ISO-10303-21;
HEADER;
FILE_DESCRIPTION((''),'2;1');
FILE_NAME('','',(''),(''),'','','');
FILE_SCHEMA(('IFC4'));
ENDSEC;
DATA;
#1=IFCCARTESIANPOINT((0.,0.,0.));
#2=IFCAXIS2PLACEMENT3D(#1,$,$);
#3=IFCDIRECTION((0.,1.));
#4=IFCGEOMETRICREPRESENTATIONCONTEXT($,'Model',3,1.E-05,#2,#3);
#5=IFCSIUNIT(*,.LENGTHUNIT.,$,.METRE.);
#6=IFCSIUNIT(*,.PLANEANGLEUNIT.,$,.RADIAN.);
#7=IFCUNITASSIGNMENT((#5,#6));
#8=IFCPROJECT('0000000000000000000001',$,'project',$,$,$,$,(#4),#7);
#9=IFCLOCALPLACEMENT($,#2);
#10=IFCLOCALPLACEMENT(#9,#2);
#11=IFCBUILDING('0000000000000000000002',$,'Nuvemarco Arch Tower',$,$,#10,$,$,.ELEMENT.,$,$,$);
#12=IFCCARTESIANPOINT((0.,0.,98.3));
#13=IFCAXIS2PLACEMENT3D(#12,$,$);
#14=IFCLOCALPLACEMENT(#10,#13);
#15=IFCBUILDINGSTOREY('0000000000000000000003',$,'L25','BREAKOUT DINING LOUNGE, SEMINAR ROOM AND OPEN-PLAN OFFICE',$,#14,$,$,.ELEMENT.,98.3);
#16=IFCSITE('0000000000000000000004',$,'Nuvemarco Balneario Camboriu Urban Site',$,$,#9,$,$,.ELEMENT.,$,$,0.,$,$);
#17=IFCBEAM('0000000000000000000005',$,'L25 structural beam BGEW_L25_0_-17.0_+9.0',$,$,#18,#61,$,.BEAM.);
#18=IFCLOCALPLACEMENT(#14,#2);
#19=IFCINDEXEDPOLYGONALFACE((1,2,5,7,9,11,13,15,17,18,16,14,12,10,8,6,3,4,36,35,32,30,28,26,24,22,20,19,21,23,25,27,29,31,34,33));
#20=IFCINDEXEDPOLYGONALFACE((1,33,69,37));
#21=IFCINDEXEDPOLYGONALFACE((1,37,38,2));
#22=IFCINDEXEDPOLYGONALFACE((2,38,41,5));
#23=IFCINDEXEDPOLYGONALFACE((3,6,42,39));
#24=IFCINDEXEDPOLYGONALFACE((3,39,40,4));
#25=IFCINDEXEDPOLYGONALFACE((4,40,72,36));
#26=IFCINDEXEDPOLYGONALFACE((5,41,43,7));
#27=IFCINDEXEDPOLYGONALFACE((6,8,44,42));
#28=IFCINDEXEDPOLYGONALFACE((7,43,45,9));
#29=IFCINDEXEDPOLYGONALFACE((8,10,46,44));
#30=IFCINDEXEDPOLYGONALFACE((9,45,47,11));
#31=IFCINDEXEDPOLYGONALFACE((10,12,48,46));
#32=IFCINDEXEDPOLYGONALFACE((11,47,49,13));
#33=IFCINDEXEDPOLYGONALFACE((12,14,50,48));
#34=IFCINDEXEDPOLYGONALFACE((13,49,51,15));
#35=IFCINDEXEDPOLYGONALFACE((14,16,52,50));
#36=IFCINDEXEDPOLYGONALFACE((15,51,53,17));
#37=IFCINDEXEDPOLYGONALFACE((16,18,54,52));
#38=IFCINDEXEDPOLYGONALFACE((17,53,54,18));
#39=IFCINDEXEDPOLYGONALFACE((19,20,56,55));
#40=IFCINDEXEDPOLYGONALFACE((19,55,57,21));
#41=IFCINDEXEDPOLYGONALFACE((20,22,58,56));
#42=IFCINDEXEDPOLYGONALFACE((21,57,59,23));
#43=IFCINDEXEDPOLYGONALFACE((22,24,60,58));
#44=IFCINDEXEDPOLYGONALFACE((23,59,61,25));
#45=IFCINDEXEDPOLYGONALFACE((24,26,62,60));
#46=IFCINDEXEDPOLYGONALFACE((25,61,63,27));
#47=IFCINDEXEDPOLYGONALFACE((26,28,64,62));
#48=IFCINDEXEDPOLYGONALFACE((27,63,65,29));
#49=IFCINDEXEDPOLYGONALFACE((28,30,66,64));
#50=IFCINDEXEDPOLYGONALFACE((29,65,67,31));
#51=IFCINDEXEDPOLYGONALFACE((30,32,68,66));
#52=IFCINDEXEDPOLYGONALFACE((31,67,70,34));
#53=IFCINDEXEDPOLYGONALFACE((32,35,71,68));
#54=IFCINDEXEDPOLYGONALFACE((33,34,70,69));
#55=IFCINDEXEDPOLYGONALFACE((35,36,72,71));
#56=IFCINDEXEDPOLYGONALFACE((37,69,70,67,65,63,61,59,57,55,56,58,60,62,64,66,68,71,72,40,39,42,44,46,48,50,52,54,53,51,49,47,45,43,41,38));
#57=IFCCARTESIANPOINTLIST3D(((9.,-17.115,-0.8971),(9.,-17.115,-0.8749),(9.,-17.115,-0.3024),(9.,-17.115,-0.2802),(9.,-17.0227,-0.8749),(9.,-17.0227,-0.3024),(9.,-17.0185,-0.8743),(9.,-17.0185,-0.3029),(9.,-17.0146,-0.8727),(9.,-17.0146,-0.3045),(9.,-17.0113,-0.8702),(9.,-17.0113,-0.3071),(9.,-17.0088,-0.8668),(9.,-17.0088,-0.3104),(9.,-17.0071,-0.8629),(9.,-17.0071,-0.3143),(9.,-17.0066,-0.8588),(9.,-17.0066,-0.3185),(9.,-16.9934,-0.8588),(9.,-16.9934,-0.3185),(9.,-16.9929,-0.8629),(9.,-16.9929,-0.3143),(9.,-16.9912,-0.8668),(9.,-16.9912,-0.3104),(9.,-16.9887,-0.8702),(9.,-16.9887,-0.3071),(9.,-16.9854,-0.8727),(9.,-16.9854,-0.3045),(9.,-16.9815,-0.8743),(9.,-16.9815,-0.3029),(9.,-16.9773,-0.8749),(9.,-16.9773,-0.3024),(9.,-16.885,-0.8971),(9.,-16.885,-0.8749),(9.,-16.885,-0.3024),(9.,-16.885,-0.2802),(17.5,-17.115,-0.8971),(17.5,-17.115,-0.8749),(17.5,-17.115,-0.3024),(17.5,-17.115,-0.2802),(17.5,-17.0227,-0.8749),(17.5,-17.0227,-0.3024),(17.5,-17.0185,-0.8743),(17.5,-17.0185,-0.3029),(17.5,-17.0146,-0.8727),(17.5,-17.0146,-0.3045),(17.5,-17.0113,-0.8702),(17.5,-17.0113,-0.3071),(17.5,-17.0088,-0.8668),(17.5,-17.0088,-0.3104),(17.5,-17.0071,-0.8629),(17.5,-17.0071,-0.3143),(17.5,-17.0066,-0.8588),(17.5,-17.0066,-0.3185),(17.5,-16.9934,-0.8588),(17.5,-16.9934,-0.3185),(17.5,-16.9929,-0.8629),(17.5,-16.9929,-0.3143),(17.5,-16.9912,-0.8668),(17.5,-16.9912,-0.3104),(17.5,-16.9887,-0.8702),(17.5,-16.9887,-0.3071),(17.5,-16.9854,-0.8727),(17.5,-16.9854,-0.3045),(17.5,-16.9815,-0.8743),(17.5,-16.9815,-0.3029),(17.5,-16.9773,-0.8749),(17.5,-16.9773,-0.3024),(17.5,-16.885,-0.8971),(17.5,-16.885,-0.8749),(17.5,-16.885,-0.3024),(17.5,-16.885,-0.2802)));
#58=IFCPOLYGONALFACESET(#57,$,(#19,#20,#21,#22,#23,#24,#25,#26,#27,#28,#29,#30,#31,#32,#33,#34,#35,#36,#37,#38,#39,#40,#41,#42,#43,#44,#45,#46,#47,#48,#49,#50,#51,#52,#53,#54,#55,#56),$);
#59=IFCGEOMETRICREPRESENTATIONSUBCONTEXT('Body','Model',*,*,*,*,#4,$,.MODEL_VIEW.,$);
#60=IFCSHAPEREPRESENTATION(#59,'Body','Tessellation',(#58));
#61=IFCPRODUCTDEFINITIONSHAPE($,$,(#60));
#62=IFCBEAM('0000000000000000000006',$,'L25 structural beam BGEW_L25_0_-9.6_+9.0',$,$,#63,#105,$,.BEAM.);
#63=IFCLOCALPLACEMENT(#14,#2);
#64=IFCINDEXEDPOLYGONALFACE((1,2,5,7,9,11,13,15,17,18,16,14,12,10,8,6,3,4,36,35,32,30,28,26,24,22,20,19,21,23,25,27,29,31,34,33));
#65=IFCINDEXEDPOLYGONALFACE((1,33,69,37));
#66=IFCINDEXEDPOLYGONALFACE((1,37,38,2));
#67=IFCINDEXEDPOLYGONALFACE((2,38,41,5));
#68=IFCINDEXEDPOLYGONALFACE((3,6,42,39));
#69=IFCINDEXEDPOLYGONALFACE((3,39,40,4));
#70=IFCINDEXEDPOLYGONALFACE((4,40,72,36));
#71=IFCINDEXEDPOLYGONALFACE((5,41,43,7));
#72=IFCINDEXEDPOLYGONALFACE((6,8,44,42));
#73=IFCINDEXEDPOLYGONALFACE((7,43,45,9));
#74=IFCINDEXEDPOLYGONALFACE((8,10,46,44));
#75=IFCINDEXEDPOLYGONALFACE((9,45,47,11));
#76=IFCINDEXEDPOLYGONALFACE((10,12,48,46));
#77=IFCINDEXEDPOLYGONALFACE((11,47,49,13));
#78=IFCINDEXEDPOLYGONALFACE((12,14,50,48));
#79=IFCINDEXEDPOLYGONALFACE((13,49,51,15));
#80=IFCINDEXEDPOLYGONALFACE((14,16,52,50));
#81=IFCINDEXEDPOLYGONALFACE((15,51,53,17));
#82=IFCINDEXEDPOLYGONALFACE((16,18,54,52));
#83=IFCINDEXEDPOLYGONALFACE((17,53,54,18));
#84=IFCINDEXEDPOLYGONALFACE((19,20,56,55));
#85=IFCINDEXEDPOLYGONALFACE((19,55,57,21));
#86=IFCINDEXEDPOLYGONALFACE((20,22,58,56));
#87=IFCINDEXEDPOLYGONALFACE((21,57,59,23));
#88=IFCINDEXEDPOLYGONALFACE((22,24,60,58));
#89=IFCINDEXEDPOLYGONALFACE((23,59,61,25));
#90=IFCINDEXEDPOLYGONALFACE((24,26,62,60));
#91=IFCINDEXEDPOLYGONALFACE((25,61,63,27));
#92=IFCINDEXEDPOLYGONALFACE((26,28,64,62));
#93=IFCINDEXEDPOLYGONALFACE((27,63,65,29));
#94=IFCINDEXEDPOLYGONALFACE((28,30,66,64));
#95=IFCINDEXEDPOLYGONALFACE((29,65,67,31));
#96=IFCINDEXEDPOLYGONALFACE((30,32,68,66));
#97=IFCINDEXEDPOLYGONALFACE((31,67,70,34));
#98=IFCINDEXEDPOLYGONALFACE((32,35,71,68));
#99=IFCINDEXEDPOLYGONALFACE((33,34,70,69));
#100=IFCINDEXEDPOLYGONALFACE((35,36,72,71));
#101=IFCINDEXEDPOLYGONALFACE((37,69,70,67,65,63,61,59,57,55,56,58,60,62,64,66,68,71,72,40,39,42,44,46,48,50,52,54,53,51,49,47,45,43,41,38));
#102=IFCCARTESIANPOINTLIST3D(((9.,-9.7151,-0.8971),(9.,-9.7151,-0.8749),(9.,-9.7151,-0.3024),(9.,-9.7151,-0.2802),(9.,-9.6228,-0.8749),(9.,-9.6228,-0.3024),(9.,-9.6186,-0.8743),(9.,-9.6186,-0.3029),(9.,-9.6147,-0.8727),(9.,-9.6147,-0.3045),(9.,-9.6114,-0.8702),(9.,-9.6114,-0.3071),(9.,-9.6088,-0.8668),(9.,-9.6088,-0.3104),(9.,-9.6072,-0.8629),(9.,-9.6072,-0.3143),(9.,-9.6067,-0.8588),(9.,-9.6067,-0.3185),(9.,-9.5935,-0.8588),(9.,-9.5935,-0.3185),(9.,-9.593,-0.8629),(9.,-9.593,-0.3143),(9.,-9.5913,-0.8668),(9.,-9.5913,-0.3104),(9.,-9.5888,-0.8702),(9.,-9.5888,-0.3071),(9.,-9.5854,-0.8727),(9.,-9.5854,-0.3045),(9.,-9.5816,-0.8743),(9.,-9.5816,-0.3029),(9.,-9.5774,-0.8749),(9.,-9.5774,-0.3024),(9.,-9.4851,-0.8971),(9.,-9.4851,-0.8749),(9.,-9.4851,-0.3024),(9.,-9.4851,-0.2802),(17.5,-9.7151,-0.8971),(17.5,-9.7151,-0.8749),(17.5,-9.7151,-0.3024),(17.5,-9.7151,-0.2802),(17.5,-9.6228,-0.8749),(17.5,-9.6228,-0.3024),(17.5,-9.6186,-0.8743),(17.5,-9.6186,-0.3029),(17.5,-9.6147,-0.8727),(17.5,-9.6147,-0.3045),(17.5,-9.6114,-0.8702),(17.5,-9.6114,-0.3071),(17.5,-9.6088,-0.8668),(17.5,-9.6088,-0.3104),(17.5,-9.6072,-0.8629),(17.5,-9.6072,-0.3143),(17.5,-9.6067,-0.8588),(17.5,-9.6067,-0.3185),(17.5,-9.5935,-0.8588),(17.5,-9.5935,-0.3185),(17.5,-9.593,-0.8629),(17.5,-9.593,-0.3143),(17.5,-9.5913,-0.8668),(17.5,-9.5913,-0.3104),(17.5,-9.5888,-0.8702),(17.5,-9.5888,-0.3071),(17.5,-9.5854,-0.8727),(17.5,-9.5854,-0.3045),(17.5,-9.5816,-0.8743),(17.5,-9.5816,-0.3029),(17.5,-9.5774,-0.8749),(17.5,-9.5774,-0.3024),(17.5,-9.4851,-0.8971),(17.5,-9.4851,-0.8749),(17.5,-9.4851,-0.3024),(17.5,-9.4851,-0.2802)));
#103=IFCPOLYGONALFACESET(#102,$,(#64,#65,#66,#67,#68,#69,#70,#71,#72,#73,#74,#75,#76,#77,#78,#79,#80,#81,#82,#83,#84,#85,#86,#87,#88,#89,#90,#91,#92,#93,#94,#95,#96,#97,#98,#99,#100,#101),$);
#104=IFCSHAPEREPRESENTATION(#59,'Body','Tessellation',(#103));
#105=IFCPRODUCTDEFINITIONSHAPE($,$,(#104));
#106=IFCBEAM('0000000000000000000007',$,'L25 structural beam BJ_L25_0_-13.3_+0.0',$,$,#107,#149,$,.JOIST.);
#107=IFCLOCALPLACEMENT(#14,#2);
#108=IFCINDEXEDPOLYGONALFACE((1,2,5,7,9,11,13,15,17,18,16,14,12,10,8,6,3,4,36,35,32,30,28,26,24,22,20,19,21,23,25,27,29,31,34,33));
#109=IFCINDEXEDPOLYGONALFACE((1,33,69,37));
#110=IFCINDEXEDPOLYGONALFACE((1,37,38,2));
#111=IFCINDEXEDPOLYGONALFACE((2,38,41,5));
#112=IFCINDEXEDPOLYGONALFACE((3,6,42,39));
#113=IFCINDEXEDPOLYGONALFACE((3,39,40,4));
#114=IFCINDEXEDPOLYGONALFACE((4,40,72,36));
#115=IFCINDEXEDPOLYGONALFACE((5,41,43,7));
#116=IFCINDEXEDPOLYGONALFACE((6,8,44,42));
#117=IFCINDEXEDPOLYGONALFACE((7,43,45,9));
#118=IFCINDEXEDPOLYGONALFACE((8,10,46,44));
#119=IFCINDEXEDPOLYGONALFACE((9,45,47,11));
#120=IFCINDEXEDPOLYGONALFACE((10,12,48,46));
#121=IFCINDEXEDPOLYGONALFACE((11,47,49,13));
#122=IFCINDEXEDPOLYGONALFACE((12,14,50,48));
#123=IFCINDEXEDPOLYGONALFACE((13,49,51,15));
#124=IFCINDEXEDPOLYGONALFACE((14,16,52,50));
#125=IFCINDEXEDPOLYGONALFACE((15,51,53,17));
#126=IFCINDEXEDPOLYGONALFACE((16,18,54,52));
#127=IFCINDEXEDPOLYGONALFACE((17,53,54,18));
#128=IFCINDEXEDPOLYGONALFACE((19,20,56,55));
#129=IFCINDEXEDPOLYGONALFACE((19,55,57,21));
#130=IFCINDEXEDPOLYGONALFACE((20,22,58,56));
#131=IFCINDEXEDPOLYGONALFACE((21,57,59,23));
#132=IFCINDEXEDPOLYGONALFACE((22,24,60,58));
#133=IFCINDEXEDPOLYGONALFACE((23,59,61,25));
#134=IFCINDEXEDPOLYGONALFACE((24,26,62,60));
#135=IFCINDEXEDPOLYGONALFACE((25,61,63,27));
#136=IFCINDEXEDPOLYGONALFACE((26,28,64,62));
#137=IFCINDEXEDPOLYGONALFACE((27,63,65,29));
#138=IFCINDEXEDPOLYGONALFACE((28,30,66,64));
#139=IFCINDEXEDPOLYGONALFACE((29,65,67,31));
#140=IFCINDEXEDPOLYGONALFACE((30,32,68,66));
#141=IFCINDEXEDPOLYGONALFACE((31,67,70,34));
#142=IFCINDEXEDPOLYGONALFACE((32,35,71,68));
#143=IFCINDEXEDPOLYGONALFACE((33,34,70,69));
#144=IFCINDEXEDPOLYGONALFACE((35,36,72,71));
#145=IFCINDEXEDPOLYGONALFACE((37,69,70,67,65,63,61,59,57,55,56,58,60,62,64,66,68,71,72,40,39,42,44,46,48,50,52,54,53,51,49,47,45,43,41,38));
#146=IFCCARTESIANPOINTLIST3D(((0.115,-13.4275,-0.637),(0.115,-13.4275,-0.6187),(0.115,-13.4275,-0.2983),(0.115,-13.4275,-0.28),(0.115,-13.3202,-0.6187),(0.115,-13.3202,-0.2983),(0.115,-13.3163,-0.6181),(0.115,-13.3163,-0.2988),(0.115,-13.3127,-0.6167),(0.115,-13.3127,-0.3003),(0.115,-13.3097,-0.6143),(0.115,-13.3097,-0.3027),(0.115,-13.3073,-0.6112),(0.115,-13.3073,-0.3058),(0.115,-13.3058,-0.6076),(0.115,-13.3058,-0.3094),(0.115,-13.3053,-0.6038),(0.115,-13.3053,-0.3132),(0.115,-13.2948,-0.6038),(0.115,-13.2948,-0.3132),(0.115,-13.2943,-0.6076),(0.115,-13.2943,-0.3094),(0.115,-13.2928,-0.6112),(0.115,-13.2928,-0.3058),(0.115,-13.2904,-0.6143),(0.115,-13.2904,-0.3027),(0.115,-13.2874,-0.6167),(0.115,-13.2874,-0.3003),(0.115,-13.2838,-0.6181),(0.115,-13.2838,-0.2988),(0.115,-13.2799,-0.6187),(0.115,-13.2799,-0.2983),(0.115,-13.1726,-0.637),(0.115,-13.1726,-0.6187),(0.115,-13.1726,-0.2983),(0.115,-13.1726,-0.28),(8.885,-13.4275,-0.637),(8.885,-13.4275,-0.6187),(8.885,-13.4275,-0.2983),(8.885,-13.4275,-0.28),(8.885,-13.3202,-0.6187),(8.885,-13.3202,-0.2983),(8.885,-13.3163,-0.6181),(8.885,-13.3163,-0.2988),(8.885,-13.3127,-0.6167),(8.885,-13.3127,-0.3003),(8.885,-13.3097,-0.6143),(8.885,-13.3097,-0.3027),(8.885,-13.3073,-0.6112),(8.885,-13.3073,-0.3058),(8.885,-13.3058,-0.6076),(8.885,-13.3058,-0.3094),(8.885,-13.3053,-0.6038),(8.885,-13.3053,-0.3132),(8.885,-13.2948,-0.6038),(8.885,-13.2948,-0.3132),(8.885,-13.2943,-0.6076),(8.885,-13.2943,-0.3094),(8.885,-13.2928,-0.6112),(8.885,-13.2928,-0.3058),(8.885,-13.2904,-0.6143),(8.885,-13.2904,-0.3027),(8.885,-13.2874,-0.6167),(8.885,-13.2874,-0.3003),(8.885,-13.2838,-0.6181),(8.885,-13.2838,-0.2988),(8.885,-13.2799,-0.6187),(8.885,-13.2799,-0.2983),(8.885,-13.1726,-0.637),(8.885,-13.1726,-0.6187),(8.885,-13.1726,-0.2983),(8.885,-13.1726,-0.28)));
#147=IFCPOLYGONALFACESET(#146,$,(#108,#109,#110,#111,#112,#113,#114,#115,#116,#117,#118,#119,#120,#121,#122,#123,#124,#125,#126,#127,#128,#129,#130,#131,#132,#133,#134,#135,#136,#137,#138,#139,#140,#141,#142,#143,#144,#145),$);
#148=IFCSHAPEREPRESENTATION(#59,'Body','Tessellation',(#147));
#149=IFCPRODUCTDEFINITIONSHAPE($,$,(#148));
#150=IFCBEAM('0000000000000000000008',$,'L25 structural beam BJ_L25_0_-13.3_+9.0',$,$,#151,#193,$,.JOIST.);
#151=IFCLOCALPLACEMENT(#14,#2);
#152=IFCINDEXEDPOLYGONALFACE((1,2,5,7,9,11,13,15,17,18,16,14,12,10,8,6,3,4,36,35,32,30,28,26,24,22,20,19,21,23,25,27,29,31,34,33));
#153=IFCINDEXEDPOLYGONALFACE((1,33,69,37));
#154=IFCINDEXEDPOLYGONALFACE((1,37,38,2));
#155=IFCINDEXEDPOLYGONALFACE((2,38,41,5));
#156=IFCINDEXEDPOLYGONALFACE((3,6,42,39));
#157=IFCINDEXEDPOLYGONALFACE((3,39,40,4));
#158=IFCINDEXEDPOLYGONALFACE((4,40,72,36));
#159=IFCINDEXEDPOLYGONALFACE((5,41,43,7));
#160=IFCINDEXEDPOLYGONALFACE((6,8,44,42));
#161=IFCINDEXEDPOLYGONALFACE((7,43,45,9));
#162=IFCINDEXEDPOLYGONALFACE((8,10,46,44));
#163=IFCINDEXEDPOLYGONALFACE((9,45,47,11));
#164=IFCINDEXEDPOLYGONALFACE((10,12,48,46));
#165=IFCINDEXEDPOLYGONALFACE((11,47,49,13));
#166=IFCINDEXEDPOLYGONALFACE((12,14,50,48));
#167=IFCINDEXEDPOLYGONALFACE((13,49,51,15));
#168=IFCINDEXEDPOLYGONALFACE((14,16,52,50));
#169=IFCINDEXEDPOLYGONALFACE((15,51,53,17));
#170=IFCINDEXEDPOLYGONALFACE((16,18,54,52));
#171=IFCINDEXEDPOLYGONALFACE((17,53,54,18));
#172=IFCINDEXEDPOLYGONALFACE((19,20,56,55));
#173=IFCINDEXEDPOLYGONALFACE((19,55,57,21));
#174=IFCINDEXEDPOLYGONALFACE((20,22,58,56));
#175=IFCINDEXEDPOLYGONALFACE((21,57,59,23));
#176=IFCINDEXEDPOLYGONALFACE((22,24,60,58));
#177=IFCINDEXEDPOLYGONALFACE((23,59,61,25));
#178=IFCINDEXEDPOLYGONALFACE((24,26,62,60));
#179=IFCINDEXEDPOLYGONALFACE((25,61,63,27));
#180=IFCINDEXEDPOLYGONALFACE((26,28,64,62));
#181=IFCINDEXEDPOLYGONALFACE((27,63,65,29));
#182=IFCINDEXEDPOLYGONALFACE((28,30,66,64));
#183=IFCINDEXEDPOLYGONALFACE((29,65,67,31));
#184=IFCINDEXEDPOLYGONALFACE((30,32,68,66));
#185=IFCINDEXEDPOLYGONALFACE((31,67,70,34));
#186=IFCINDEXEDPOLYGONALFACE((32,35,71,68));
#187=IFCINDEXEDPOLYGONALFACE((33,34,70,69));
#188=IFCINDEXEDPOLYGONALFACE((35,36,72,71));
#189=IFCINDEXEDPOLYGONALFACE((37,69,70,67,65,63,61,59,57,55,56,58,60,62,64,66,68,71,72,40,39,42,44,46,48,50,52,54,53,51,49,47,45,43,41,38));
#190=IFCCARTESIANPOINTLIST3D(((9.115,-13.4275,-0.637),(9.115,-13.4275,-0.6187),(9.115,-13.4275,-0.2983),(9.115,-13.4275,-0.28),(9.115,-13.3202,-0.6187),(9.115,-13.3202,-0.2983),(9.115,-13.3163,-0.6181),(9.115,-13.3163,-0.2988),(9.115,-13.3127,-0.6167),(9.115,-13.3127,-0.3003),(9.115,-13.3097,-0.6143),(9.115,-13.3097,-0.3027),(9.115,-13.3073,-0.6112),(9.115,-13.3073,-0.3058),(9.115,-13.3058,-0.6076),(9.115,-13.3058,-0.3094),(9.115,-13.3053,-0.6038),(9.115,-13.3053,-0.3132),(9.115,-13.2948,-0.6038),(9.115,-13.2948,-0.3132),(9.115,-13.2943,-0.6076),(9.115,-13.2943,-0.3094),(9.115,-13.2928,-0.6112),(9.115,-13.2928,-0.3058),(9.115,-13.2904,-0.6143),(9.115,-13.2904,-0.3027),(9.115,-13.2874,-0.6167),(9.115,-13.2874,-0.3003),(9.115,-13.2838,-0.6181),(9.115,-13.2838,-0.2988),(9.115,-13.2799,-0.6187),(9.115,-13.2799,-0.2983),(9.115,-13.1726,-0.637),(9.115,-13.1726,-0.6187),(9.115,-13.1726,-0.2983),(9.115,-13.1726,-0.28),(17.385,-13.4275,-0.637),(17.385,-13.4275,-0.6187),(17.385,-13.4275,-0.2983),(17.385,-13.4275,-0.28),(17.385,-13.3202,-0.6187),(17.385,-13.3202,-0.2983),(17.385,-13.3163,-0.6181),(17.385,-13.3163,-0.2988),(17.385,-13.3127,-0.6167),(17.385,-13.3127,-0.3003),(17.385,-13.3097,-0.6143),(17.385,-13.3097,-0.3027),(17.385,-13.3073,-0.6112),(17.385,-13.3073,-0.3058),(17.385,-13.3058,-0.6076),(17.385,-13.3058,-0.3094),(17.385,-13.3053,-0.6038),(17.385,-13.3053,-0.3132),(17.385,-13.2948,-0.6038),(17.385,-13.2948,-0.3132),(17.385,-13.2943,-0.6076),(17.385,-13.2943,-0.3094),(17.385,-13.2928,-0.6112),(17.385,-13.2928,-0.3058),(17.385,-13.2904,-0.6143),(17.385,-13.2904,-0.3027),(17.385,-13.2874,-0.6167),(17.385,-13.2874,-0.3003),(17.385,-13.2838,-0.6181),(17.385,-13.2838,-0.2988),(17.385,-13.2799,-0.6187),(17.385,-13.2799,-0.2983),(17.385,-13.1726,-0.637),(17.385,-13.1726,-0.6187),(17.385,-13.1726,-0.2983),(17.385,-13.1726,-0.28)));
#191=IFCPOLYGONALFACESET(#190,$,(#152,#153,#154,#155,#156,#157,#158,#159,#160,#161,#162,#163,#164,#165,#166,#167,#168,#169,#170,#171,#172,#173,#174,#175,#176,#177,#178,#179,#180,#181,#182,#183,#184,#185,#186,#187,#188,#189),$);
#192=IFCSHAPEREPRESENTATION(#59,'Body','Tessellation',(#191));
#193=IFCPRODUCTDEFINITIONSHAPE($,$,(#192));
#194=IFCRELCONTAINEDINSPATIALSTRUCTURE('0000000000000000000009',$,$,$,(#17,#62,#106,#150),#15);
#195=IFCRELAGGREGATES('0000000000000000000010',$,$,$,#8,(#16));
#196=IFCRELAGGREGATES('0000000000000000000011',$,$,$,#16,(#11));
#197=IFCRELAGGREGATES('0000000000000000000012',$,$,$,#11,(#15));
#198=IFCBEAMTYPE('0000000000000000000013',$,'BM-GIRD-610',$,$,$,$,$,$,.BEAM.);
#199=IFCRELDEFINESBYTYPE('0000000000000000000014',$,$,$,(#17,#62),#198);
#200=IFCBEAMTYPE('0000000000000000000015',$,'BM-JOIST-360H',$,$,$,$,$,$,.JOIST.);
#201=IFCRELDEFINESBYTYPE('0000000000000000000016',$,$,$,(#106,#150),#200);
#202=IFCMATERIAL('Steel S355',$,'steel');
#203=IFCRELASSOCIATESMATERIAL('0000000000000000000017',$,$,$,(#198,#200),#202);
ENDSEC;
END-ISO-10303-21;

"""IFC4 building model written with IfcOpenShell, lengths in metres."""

from ifc_helpers import new_model, si_unit, direction, frame, origin, origin_2d, place, context, subcontext, project, spatial, i_section, extrude, material, material_profile, profile_set, type_object, element, save


model = new_model("IFC4")

# Units and contexts
model_context = context("Model", 3, precision=1e-05, world=origin(), true_north=direction((0.0, 1.0)))
body_context = subcontext(model_context, "Body", "Model", "MODEL_VIEW")
ifc_project = project(units=[si_unit("LENGTHUNIT", "METRE"), si_unit("PLANEANGLEUNIT", "RADIAN")], contexts=[model_context])

# Site, building, storey
site_placement = place(None, origin())
site = spatial("IfcSite", under=ifc_project, at=site_placement, Name="Nuvemarco Balneario Camboriu Urban Site", CompositionType="ELEMENT", RefElevation=0.0)
building_placement = place(site_placement, origin())
building = spatial("IfcBuilding", under=site, at=building_placement, Name="Nuvemarco Arch Tower", CompositionType="ELEMENT")
storey_placement = place(building_placement, frame((0.0, 0.0, 98.3)))
storey = spatial("IfcBuildingStorey", under=building, at=storey_placement, Name="L25", Description="BREAKOUT DINING LOUNGE, SEMINAR ROOM AND OPEN-PLAN OFFICE", CompositionType="ELEMENT", Elevation=98.3)

# Shared definitions
ifc_material_1 = material(Name="Steel S355", Category="steel")

# Beams
ifc_material_profile_1 = material_profile(ifc_material_1, i_section(OverallWidth=0.23, OverallDepth=0.6169, WebThickness=0.0132, FlangeThickness=0.0222, FilletRadius=0.0161, at=origin_2d()), Name="W610x140")
ifc_profile_set_1 = profile_set([ifc_material_profile_1], Name="Steel S355")
beam_type_1 = type_object("IfcBeamType", Name="BM-GIRD-610", PredefinedType="BEAM", material=ifc_profile_set_1)
for number, where, z_axis, x_axis, name in (
    (1, (9.0, -17.0, -0.5886), (1.0, 0.0, 0.0), (0.0, 1.0, 0.0), "L25 structural beam BGEW_L25_0_-17.0_+9.0"),
    (2, (9.0, -9.6001, -0.5886), (1.0, 0.0, 0.0), (0.0, 1.0, 0.0), "L25 structural beam BGEW_L25_0_-9.6_+9.0"),
):
    element("IfcBeam", number, at=place(storey_placement, frame(where, z_axis=z_axis, x_axis=x_axis)), inside=storey, type_object=beam_type_1, Name=name, PredefinedType="BEAM", context=body_context, shape_type="SweptSolid", body=[
        extrude(i_section(OverallWidth=0.23, OverallDepth=0.6169, WebThickness=0.0132, FlangeThickness=0.0222, FilletRadius=0.0161, at=origin_2d()), origin(), (0.0, 0.0, 1.0), 8.5),
    ])
ifc_material_profile_2 = material_profile(ifc_material_1, i_section(OverallWidth=0.2549, OverallDepth=0.3569, WebThickness=0.0105, FlangeThickness=0.0183, FilletRadius=0.0149, at=origin_2d()), Name="W360x101")
ifc_profile_set_2 = profile_set([ifc_material_profile_2], Name="Steel S355")
beam_type_2 = type_object("IfcBeamType", Name="BM-JOIST-360H", PredefinedType="JOIST", material=ifc_profile_set_2)
beam_1_placement = place(storey_placement, frame((0.115, -13.3, -0.4585), z_axis=(1.0, 0.0, 0.0), x_axis=(0.0, 1.0, 0.0)))
element("IfcBeam", 3, at=beam_1_placement, inside=storey, type_object=beam_type_2, Name="L25 structural beam BJ_L25_0_-13.3_+0.0", PredefinedType="JOIST", context=body_context, shape_type="SweptSolid", body=[
    extrude(i_section(OverallWidth=0.2549, OverallDepth=0.3569, WebThickness=0.0105, FlangeThickness=0.0183, FilletRadius=0.0149, at=origin_2d()), origin(), (0.0, 0.0, 1.0), 8.77),
])
beam_2_placement = place(storey_placement, frame((9.115, -13.3, -0.4585), z_axis=(1.0, 0.0, 0.0), x_axis=(0.0, 1.0, 0.0)))
element("IfcBeam", 4, at=beam_2_placement, inside=storey, type_object=beam_type_2, Name="L25 structural beam BJ_L25_0_-13.3_+9.0", PredefinedType="JOIST", context=body_context, shape_type="SweptSolid", body=[
    extrude(i_section(OverallWidth=0.2549, OverallDepth=0.3569, WebThickness=0.0105, FlangeThickness=0.0183, FilletRadius=0.0149, at=origin_2d()), origin(), (0.0, 0.0, 1.0), 8.27),
])

save(model, "model.ifc")
